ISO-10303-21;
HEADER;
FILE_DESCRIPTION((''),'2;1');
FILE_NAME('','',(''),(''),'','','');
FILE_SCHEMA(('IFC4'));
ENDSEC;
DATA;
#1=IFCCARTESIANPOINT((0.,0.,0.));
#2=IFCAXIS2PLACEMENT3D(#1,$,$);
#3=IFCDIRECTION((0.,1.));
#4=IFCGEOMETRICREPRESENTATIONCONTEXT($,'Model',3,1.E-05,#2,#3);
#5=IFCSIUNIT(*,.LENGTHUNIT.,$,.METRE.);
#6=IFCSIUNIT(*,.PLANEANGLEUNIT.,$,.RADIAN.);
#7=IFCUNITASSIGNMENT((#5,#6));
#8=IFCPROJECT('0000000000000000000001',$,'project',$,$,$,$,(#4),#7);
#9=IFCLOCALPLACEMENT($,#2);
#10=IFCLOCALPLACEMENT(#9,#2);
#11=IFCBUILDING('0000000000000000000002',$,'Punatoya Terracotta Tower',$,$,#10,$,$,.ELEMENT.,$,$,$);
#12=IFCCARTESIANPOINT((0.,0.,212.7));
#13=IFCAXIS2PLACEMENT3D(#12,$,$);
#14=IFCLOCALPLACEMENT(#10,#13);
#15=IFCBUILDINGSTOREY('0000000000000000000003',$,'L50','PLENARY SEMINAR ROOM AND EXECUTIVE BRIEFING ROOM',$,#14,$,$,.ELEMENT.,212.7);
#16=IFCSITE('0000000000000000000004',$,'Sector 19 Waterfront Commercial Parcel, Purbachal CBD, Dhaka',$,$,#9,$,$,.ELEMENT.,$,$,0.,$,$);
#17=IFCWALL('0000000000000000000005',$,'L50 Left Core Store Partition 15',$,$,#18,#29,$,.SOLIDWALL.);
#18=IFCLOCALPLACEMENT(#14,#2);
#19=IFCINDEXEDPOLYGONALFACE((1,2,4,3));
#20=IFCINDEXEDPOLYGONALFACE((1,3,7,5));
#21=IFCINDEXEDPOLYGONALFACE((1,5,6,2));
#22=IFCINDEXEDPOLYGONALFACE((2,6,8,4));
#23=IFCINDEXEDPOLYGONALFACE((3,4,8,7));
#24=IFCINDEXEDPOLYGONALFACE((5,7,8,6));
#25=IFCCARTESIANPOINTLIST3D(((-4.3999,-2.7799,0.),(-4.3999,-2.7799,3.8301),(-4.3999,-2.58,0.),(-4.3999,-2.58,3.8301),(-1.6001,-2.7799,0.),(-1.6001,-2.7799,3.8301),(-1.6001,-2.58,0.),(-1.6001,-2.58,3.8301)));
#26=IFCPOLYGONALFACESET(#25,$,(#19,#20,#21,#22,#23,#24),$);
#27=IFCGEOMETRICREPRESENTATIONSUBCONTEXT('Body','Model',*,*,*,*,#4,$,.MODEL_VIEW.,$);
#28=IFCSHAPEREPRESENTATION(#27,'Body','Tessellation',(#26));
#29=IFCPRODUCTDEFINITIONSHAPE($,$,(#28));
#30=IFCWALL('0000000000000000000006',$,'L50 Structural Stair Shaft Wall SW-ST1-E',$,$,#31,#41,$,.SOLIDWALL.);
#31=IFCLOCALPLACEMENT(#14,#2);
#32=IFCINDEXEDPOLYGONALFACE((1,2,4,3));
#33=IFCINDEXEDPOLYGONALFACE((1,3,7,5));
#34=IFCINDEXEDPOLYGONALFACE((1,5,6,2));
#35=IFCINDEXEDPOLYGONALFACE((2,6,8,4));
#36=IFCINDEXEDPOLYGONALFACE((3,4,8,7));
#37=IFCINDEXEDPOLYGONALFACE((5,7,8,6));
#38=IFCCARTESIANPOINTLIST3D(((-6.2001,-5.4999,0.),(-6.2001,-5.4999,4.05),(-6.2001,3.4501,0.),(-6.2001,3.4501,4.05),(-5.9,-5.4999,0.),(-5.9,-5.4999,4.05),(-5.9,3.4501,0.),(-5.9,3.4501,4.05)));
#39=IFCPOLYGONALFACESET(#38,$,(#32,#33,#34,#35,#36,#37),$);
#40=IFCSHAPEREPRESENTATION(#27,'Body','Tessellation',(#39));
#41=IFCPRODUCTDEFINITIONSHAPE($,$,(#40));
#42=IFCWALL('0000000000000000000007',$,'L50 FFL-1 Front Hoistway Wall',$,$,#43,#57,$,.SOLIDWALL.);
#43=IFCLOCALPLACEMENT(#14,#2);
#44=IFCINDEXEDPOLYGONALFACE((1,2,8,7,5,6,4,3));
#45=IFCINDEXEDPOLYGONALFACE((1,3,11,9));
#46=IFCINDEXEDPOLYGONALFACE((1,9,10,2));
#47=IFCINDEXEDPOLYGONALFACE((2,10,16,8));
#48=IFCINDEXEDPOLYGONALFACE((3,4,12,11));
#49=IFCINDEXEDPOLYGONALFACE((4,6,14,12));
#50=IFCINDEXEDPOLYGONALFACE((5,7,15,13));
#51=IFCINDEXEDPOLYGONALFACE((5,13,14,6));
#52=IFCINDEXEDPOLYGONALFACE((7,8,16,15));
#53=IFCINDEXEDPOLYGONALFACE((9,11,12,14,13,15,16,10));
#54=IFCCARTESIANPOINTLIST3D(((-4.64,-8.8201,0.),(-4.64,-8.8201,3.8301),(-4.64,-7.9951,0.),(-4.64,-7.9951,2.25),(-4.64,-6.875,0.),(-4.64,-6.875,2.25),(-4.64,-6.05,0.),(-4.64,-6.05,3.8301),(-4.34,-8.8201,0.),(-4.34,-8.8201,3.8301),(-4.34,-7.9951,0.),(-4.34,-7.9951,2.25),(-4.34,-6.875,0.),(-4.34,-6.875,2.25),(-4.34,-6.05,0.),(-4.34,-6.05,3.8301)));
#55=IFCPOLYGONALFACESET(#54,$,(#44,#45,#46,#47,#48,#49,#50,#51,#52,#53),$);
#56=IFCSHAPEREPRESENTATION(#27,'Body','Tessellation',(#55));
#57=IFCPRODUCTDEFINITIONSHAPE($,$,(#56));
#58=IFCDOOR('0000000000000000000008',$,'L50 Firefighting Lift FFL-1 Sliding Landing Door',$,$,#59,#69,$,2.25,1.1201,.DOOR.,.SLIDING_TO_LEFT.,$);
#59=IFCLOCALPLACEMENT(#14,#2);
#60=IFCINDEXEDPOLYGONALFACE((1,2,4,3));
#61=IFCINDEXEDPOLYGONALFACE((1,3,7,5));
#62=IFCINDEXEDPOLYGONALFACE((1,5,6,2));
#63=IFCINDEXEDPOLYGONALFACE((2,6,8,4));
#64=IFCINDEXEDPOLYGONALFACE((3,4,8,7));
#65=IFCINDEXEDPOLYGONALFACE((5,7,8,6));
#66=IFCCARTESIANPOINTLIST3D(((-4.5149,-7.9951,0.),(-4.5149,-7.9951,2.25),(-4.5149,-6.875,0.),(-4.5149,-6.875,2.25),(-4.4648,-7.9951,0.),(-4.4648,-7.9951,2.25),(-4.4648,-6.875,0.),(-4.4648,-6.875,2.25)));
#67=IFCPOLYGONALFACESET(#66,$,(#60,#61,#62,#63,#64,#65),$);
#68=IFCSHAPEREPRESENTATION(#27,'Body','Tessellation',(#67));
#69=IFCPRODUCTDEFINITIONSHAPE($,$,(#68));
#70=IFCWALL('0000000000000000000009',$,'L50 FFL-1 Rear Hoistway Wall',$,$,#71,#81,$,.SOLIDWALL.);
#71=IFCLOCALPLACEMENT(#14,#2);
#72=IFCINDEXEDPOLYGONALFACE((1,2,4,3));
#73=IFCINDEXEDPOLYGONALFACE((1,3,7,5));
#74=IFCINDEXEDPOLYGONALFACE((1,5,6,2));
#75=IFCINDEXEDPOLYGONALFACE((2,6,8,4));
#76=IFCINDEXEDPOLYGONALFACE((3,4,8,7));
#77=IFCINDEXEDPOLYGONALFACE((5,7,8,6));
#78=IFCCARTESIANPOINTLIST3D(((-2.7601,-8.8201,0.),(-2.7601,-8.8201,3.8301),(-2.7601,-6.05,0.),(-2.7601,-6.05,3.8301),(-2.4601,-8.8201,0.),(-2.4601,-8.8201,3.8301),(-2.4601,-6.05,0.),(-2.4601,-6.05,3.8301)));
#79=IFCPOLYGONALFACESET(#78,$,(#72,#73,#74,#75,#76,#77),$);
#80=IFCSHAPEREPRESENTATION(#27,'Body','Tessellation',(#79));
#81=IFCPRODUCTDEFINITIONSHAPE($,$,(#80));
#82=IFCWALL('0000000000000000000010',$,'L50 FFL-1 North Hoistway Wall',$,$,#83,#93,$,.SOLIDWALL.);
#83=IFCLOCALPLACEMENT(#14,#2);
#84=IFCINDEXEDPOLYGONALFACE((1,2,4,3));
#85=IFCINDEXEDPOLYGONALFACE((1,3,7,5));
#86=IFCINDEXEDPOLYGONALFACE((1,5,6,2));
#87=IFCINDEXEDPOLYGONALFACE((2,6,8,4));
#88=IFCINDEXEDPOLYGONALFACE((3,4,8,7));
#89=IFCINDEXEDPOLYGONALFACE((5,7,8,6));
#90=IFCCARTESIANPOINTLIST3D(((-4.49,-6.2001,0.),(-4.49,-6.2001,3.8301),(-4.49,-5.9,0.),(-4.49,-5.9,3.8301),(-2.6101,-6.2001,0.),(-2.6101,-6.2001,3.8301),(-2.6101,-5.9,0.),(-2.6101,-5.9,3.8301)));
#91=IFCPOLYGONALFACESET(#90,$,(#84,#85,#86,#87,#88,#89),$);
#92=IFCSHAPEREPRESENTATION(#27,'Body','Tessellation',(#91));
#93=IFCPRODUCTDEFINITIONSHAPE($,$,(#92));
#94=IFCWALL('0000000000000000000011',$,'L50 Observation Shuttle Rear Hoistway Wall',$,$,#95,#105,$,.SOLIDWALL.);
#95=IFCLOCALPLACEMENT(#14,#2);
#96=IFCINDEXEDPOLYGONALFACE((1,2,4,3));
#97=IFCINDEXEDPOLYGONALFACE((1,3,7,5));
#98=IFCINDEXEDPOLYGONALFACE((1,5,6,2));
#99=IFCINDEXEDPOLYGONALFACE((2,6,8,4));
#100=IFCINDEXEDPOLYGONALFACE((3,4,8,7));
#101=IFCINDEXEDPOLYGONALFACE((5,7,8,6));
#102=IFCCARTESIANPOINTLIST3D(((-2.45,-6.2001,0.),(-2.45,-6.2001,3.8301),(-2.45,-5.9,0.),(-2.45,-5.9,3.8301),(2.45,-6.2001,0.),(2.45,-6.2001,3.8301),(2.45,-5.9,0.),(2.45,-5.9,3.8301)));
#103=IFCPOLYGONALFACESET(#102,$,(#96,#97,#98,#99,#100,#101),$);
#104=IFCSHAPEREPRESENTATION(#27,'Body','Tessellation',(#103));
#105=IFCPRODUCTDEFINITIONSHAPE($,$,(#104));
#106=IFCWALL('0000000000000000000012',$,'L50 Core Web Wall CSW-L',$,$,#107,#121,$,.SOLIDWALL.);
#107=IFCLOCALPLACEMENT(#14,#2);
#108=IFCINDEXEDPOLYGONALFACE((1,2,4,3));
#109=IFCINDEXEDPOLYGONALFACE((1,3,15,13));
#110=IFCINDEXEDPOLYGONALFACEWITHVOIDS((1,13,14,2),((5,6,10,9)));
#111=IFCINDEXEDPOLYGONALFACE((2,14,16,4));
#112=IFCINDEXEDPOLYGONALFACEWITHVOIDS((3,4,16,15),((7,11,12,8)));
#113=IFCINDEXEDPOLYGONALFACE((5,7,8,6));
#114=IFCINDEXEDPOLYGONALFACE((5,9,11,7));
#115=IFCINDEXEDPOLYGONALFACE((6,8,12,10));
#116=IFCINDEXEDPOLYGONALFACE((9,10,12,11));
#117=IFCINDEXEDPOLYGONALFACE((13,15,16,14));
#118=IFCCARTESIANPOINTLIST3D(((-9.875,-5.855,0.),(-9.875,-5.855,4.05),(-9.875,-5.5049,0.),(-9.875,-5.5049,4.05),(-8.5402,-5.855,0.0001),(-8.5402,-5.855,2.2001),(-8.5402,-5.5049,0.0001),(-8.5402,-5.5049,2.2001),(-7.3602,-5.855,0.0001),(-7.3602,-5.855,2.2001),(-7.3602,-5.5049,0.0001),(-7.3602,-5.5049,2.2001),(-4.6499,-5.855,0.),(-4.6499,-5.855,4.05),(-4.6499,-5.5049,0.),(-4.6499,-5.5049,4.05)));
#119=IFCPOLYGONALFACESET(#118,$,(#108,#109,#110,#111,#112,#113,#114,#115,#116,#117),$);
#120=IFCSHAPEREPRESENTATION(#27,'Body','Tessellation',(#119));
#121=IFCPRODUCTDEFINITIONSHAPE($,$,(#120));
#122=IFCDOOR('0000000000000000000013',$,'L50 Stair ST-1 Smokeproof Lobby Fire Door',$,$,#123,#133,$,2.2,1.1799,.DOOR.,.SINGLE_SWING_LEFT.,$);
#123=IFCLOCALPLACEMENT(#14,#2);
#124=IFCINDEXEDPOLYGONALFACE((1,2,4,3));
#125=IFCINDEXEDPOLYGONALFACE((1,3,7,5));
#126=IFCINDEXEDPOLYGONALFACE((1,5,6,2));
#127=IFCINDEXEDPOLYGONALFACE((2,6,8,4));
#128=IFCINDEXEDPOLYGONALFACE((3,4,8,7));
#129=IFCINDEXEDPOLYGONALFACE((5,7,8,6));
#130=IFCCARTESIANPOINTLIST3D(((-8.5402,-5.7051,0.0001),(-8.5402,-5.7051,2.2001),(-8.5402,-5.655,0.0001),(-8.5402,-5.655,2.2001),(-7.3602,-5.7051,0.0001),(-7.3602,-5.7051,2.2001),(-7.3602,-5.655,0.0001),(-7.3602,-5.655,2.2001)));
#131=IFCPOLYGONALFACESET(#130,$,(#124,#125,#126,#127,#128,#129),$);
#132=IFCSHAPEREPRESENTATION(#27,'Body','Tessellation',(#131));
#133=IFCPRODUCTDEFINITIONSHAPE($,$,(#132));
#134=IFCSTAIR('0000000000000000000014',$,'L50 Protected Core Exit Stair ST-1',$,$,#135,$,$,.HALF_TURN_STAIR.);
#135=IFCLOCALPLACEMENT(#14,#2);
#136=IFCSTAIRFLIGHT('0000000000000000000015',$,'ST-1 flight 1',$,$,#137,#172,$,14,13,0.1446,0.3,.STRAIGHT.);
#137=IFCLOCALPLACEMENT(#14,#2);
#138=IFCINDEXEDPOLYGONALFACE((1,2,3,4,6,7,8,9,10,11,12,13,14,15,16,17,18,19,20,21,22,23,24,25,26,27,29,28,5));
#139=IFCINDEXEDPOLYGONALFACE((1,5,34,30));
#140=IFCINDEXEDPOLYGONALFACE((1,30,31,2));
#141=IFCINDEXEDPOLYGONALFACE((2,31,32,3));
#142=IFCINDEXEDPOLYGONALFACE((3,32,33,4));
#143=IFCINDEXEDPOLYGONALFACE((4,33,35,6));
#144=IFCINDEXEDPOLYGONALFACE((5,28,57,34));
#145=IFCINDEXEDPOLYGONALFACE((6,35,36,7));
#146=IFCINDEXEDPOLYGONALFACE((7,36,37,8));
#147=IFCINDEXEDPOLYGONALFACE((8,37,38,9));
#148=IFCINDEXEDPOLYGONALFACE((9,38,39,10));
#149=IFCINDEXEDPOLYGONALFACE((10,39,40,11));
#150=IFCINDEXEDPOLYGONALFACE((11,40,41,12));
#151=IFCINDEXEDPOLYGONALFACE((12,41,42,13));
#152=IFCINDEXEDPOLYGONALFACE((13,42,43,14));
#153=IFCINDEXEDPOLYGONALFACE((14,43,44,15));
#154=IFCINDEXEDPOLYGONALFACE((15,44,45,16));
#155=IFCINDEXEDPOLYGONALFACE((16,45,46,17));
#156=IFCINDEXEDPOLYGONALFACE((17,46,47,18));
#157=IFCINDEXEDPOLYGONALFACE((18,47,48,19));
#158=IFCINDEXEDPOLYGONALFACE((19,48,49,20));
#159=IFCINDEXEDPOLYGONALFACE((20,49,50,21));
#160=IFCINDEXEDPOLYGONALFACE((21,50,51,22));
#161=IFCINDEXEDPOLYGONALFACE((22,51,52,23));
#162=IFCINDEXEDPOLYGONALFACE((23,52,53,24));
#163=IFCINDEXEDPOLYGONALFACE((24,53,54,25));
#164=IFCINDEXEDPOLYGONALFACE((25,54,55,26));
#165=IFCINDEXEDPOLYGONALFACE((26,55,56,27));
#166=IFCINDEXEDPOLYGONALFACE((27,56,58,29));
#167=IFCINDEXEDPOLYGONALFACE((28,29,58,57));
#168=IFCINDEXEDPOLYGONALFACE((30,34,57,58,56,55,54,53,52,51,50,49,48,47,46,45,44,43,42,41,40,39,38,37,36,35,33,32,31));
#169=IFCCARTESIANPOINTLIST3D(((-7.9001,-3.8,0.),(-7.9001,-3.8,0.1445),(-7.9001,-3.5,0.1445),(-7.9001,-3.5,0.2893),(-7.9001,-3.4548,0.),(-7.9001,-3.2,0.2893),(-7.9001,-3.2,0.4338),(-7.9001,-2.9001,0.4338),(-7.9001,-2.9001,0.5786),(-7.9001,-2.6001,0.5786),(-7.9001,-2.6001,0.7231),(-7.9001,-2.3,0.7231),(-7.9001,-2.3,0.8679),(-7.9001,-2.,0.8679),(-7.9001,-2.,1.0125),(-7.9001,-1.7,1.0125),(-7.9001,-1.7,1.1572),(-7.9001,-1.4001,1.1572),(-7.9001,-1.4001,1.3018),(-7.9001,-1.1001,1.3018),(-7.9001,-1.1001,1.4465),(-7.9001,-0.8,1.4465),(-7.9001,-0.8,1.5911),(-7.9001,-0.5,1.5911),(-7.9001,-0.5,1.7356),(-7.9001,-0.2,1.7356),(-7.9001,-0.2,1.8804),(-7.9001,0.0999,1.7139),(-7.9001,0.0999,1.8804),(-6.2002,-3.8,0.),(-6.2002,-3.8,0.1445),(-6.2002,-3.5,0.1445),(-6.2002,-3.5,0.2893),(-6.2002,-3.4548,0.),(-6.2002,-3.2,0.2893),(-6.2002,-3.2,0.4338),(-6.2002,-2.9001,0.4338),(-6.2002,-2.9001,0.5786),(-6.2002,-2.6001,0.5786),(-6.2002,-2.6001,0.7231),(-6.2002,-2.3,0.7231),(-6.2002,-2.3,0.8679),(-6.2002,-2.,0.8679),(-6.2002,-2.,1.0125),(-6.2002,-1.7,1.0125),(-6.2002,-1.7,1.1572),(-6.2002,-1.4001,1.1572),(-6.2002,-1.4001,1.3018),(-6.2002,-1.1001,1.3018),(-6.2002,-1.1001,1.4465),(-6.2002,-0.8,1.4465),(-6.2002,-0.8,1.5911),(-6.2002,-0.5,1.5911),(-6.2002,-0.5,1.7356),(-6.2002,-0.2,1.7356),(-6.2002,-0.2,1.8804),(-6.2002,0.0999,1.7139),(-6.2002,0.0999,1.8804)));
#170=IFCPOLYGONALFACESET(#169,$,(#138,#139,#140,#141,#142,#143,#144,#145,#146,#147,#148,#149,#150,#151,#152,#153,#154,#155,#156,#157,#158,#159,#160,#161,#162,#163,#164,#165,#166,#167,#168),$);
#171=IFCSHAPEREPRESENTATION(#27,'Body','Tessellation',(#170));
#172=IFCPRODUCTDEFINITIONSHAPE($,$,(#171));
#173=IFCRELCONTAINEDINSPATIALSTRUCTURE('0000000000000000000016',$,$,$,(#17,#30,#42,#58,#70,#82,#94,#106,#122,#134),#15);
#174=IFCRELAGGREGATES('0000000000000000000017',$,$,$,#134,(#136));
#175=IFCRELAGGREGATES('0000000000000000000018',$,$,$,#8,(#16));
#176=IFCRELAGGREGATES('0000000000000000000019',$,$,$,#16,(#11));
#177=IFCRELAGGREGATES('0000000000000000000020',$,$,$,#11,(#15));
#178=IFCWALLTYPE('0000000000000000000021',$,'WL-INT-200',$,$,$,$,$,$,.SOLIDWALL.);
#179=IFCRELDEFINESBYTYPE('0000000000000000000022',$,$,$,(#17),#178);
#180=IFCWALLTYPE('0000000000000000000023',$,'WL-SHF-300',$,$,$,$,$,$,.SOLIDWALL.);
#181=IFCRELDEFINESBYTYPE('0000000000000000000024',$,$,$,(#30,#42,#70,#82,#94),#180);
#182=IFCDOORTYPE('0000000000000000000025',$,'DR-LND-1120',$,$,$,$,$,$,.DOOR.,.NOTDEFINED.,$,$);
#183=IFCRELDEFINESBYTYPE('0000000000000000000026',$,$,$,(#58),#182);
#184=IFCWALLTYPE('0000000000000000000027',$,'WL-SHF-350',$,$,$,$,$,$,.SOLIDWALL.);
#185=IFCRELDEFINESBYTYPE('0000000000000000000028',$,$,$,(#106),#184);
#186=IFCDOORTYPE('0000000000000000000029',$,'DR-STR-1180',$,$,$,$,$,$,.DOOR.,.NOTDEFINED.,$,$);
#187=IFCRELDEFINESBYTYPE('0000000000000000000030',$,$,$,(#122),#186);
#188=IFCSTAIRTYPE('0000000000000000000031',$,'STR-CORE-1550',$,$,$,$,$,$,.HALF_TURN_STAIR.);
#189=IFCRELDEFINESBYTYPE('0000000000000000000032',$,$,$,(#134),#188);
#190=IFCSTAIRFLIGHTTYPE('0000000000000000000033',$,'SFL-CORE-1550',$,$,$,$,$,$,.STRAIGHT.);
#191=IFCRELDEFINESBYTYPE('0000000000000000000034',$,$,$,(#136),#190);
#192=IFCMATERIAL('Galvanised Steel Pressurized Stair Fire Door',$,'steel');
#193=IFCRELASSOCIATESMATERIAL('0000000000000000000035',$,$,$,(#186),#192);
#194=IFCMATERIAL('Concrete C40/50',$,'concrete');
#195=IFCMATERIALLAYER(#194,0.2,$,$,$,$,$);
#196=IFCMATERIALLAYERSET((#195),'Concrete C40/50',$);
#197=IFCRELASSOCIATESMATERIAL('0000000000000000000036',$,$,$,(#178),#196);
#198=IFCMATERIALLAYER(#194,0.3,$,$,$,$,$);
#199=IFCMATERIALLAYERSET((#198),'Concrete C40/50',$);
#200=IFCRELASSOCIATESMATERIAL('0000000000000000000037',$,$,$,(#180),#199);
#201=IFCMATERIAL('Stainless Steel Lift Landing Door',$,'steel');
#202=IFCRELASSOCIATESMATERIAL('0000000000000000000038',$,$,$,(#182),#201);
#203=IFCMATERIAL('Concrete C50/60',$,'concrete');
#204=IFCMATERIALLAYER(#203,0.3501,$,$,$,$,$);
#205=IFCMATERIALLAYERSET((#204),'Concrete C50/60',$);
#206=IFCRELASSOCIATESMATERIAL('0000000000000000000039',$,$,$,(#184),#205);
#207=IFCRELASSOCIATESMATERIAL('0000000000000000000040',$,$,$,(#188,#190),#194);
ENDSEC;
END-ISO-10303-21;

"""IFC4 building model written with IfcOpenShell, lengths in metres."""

from ifc_helpers import new_model, si_unit, direction, frame, frame_2d, origin, place, context, subcontext, project, spatial, polyline, rectangle, outline, extrude, material, layer, layer_set, type_object, element, fill, aggregate, save


model = new_model("IFC4")

# Units and contexts
model_context = context("Model", 3, precision=1e-05, world=origin(), true_north=direction((0.0, 1.0)))
body_context = subcontext(model_context, "Body", "Model", "MODEL_VIEW")
ifc_project = project(units=[si_unit("LENGTHUNIT", "METRE"), si_unit("PLANEANGLEUNIT", "RADIAN")], contexts=[model_context])

# Site, building, storey
site_placement = place(None, origin())
site = spatial("IfcSite", under=ifc_project, at=site_placement, Name="Sector 19 Waterfront Commercial Parcel, Purbachal CBD, Dhaka", CompositionType="ELEMENT", RefElevation=0.0)
building_placement = place(site_placement, origin())
building = spatial("IfcBuilding", under=site, at=building_placement, Name="Punatoya Terracotta Tower", CompositionType="ELEMENT")
storey_placement = place(building_placement, frame((0.0, 0.0, 212.7)))
storey = spatial("IfcBuildingStorey", under=building, at=storey_placement, Name="L50", Description="PLENARY SEMINAR ROOM AND EXECUTIVE BRIEFING ROOM", CompositionType="ELEMENT", Elevation=212.7)

# Shared definitions
ifc_material_1 = material(Name="Galvanised Steel Pressurized Stair Fire Door", Category="steel")
door_type_1 = type_object("IfcDoorType", Name="DR-STR-1180", OperationType="NOTDEFINED", PredefinedType="DOOR", material=ifc_material_1)

# Shared definitions
ifc_material_2 = material(Name="Concrete C40/50", Category="concrete")
ifc_layer_1 = layer(ifc_material_2, 0.2)
ifc_layer_set_1 = layer_set([ifc_layer_1], Name="Concrete C40/50")
wall_type_1 = type_object("IfcWallType", Name="WL-INT-200", PredefinedType="SOLIDWALL", material=ifc_layer_set_1)

# Walls
wall_1_placement = place(storey_placement, frame((-4.3999, -2.6799, 0.0), z_axis=(0.0, 0.0, 1.0), x_axis=(1.0, 0.0, 0.0)))
element("IfcWall", 1, at=wall_1_placement, inside=storey, type_object=wall_type_1, Name="L50 Left Core Store Partition 15", PredefinedType="SOLIDWALL", context=body_context, shape_type="SweptSolid", body=[
    extrude(rectangle(XDim=2.7998, YDim=0.2, at=frame_2d((1.3999, 0.0))), origin(), (0.0, 0.0, 1.0), 3.8301),
])
ifc_layer_2 = layer(ifc_material_2, 0.3)
ifc_layer_set_2 = layer_set([ifc_layer_2], Name="Concrete C40/50")
wall_type_2 = type_object("IfcWallType", Name="WL-SHF-300", PredefinedType="SOLIDWALL", material=ifc_layer_set_2)
wall_2_placement = place(storey_placement, frame((-6.05, -5.5, 0.0), z_axis=(0.0, 0.0, 1.0), x_axis=(0.0, 1.0, 0.0)))
element("IfcWall", 2, at=wall_2_placement, inside=storey, type_object=wall_type_2, Name="L50 Structural Stair Shaft Wall SW-ST1-E", PredefinedType="SOLIDWALL", context=body_context, shape_type="SweptSolid", body=[
    extrude(rectangle(XDim=8.95, YDim=0.3, at=frame_2d((4.4751, 0.0))), origin(), (0.0, 0.0, 1.0), 4.05),
])

# Wall, opening, door
wall_3_placement = place(storey_placement, frame((-4.49, -8.8201, 0.0), z_axis=(0.0, 0.0, 1.0), x_axis=(0.0, 1.0, 0.0)))
wall_3 = element("IfcWall", 3, at=wall_3_placement, inside=storey, type_object=wall_type_2, Name="L50 FFL-1 Front Hoistway Wall", PredefinedType="SOLIDWALL", context=body_context, shape_type="SweptSolid", body=[
    extrude(rectangle(XDim=2.77, YDim=0.3, at=frame_2d((1.385, 0.0))), origin(), (0.0, 0.0, 1.0), 3.8301),
])
opening_1_placement = place(wall_3_placement, frame((0.825, 0.0, 0.0)))
opening_1 = element("IfcOpeningElement", 4, at=opening_1_placement, cuts=wall_3, PredefinedType="OPENING", context=body_context, shape_type="SweptSolid", body=[
    extrude(rectangle(XDim=1.1201, YDim=2.25, at=frame_2d((0.5601, 1.125))), frame((0.0, 0.1599, 0.0), z_axis=(0.0, -1.0, 0.0), x_axis=(1.0, 0.0, 0.0)), (0.0, 0.0, 1.0), 0.3201),
])
ifc_material_3 = material(Name="Stainless Steel Lift Landing Door", Category="steel")
door_type_2 = type_object("IfcDoorType", Name="DR-LND-1120", OperationType="NOTDEFINED", PredefinedType="DOOR", material=ifc_material_3)
door_1_placement = place(opening_1_placement, origin())
door_1 = element("IfcDoor", 5, at=door_1_placement, inside=storey, type_object=door_type_2, Name="L50 Firefighting Lift FFL-1 Sliding Landing Door", OperationType="SLIDING_TO_LEFT", OverallHeight=2.25, OverallWidth=1.1201, PredefinedType="DOOR", context=body_context, shape_type="SweptSolid", body=[
    extrude(rectangle(XDim=1.1201, YDim=2.25, at=frame_2d((0.5601, 1.125))), frame((0.0, 0.0249, 0.0), z_axis=(0.0, -1.0, 0.0), x_axis=(1.0, 0.0, 0.0)), (0.0, 0.0, 1.0), 0.05),
])
fill(opening_1, door_1)

# Walls
wall_4_placement = place(storey_placement, frame((-2.6101, -8.8201, 0.0), z_axis=(0.0, 0.0, 1.0), x_axis=(0.0, 1.0, 0.0)))
element("IfcWall", 6, at=wall_4_placement, inside=storey, type_object=wall_type_2, Name="L50 FFL-1 Rear Hoistway Wall", PredefinedType="SOLIDWALL", context=body_context, shape_type="SweptSolid", body=[
    extrude(rectangle(XDim=2.77, YDim=0.3, at=frame_2d((1.385, 0.0))), origin(), (0.0, 0.0, 1.0), 3.8301),
])
wall_5_placement = place(storey_placement, frame((-4.49, -6.05, 0.0), z_axis=(0.0, 0.0, 1.0), x_axis=(1.0, 0.0, 0.0)))
element("IfcWall", 7, at=wall_5_placement, inside=storey, type_object=wall_type_2, Name="L50 FFL-1 North Hoistway Wall", PredefinedType="SOLIDWALL", context=body_context, shape_type="SweptSolid", body=[
    extrude(rectangle(XDim=1.8799, YDim=0.3, at=frame_2d((0.9399, 0.0))), origin(), (0.0, 0.0, 1.0), 3.8301),
])
wall_6_placement = place(storey_placement, frame((-2.45, -6.05, 0.0), z_axis=(0.0, 0.0, 1.0), x_axis=(1.0, 0.0, 0.0)))
element("IfcWall", 8, at=wall_6_placement, inside=storey, type_object=wall_type_2, Name="L50 Observation Shuttle Rear Hoistway Wall", PredefinedType="SOLIDWALL", context=body_context, shape_type="SweptSolid", body=[
    extrude(rectangle(XDim=4.8999, YDim=0.3, at=frame_2d((2.45, 0.0))), origin(), (0.0, 0.0, 1.0), 3.8301),
])

# Wall, opening, door
ifc_material_4 = material(Name="Concrete C50/60", Category="concrete")
ifc_layer_3 = layer(ifc_material_4, 0.3501)
ifc_layer_set_3 = layer_set([ifc_layer_3], Name="Concrete C50/60")
wall_type_3 = type_object("IfcWallType", Name="WL-SHF-350", PredefinedType="SOLIDWALL", material=ifc_layer_set_3)
wall_7_placement = place(storey_placement, frame((-9.875, -5.6799, 0.0), z_axis=(0.0, 0.0, 1.0), x_axis=(1.0, 0.0, 0.0)))
wall_7 = element("IfcWall", 9, at=wall_7_placement, inside=storey, type_object=wall_type_3, Name="L50 Core Web Wall CSW-L", PredefinedType="SOLIDWALL", context=body_context, shape_type="SweptSolid", body=[
    extrude(rectangle(XDim=5.2251, YDim=0.3501, at=frame_2d((2.6125, 0.0))), origin(), (0.0, 0.0, 1.0), 4.05),
])
opening_2_placement = place(wall_7_placement, frame((1.335, 0.0, 0.0)))
opening_2 = element("IfcOpeningElement", 10, at=opening_2_placement, cuts=wall_7, PredefinedType="OPENING", context=body_context, shape_type="SweptSolid", body=[
    extrude(rectangle(XDim=1.1799, YDim=2.2, at=frame_2d((0.5898, 1.1001))), frame((0.0, 0.1851, 0.0), z_axis=(0.0, -1.0, 0.0), x_axis=(1.0, 0.0, 0.0)), (0.0, 0.0, 1.0), 0.3701),
])
door_2_placement = place(opening_2_placement, origin())
door_2 = element("IfcDoor", 11, at=door_2_placement, inside=storey, type_object=door_type_1, Name="L50 Stair ST-1 Smokeproof Lobby Fire Door", OperationType="SINGLE_SWING_LEFT", OverallHeight=2.2, OverallWidth=1.1799, PredefinedType="DOOR", context=body_context, shape_type="SweptSolid", body=[
    extrude(rectangle(XDim=1.1799, YDim=2.2, at=frame_2d((0.5898, 1.1001))), frame((0.0, 0.0249, 0.0), z_axis=(0.0, -1.0, 0.0), x_axis=(1.0, 0.0, 0.0)), (0.0, 0.0, 1.0), 0.05),
])
fill(opening_2, door_2)

# Stair, stair flight
stair_type = type_object("IfcStairType", Name="STR-CORE-1550", PredefinedType="HALF_TURN_STAIR", material=ifc_material_2)
stair_placement = place(storey_placement, origin())
stair = element("IfcStair", 12, at=stair_placement, inside=storey, type_object=stair_type, Name="L50 Protected Core Exit Stair ST-1", PredefinedType="HALF_TURN_STAIR")
stair_flight_type = type_object("IfcStairFlightType", Name="SFL-CORE-1550", PredefinedType="STRAIGHT", material=ifc_material_2)
stair_flight_placement = place(storey_placement, frame((-7.05, -3.8, 0.0), z_axis=(0.0, 0.0, 1.0), x_axis=(0.0, 1.0, 0.0)))
stair_flight = element("IfcStairFlight", 13, at=stair_flight_placement, type_object=stair_flight_type, Name="ST-1 flight 1", NumberOfRisers=14, NumberOfTreads=13, PredefinedType="STRAIGHT", RiserHeight=0.1446, TreadLength=0.3, context=body_context, shape_type="SweptSolid", body=[
    extrude(outline(polyline([(0.0, 0.0), (0.0, 0.1445), (0.3, 0.1445), (0.3, 0.2893), (0.6001, 0.2893), (0.6001, 0.4338), (0.8999, 0.4338), (0.8999, 0.5786), (1.2, 0.5786), (1.2, 0.7231), (1.5, 0.7231), (1.5, 0.8679), (1.8, 0.8679), (1.8, 1.0125), (2.1001, 1.0125), (2.1001, 1.1572), (2.3999, 1.1572), (2.3999, 1.3018), (2.7, 1.3018), (2.7, 1.4465), (3.0, 1.4465), (3.0, 1.5911), (3.3, 1.5911), (3.3, 1.7356), (3.6001, 1.7356), (3.6001, 1.8804), (3.8999, 1.8804), (3.8999, 2.0249), (3.8999, 1.7139), (0.3452, 0.0), (0.0, 0.0)])), frame((0.0, 0.8501, 0.0), z_axis=(0.0, -1.0, 0.0), x_axis=(1.0, 0.0, 0.0)), (0.0, 0.0, 1.0), 1.7),
])
aggregate(stair, [stair_flight])

save(model, "model.ifc")
